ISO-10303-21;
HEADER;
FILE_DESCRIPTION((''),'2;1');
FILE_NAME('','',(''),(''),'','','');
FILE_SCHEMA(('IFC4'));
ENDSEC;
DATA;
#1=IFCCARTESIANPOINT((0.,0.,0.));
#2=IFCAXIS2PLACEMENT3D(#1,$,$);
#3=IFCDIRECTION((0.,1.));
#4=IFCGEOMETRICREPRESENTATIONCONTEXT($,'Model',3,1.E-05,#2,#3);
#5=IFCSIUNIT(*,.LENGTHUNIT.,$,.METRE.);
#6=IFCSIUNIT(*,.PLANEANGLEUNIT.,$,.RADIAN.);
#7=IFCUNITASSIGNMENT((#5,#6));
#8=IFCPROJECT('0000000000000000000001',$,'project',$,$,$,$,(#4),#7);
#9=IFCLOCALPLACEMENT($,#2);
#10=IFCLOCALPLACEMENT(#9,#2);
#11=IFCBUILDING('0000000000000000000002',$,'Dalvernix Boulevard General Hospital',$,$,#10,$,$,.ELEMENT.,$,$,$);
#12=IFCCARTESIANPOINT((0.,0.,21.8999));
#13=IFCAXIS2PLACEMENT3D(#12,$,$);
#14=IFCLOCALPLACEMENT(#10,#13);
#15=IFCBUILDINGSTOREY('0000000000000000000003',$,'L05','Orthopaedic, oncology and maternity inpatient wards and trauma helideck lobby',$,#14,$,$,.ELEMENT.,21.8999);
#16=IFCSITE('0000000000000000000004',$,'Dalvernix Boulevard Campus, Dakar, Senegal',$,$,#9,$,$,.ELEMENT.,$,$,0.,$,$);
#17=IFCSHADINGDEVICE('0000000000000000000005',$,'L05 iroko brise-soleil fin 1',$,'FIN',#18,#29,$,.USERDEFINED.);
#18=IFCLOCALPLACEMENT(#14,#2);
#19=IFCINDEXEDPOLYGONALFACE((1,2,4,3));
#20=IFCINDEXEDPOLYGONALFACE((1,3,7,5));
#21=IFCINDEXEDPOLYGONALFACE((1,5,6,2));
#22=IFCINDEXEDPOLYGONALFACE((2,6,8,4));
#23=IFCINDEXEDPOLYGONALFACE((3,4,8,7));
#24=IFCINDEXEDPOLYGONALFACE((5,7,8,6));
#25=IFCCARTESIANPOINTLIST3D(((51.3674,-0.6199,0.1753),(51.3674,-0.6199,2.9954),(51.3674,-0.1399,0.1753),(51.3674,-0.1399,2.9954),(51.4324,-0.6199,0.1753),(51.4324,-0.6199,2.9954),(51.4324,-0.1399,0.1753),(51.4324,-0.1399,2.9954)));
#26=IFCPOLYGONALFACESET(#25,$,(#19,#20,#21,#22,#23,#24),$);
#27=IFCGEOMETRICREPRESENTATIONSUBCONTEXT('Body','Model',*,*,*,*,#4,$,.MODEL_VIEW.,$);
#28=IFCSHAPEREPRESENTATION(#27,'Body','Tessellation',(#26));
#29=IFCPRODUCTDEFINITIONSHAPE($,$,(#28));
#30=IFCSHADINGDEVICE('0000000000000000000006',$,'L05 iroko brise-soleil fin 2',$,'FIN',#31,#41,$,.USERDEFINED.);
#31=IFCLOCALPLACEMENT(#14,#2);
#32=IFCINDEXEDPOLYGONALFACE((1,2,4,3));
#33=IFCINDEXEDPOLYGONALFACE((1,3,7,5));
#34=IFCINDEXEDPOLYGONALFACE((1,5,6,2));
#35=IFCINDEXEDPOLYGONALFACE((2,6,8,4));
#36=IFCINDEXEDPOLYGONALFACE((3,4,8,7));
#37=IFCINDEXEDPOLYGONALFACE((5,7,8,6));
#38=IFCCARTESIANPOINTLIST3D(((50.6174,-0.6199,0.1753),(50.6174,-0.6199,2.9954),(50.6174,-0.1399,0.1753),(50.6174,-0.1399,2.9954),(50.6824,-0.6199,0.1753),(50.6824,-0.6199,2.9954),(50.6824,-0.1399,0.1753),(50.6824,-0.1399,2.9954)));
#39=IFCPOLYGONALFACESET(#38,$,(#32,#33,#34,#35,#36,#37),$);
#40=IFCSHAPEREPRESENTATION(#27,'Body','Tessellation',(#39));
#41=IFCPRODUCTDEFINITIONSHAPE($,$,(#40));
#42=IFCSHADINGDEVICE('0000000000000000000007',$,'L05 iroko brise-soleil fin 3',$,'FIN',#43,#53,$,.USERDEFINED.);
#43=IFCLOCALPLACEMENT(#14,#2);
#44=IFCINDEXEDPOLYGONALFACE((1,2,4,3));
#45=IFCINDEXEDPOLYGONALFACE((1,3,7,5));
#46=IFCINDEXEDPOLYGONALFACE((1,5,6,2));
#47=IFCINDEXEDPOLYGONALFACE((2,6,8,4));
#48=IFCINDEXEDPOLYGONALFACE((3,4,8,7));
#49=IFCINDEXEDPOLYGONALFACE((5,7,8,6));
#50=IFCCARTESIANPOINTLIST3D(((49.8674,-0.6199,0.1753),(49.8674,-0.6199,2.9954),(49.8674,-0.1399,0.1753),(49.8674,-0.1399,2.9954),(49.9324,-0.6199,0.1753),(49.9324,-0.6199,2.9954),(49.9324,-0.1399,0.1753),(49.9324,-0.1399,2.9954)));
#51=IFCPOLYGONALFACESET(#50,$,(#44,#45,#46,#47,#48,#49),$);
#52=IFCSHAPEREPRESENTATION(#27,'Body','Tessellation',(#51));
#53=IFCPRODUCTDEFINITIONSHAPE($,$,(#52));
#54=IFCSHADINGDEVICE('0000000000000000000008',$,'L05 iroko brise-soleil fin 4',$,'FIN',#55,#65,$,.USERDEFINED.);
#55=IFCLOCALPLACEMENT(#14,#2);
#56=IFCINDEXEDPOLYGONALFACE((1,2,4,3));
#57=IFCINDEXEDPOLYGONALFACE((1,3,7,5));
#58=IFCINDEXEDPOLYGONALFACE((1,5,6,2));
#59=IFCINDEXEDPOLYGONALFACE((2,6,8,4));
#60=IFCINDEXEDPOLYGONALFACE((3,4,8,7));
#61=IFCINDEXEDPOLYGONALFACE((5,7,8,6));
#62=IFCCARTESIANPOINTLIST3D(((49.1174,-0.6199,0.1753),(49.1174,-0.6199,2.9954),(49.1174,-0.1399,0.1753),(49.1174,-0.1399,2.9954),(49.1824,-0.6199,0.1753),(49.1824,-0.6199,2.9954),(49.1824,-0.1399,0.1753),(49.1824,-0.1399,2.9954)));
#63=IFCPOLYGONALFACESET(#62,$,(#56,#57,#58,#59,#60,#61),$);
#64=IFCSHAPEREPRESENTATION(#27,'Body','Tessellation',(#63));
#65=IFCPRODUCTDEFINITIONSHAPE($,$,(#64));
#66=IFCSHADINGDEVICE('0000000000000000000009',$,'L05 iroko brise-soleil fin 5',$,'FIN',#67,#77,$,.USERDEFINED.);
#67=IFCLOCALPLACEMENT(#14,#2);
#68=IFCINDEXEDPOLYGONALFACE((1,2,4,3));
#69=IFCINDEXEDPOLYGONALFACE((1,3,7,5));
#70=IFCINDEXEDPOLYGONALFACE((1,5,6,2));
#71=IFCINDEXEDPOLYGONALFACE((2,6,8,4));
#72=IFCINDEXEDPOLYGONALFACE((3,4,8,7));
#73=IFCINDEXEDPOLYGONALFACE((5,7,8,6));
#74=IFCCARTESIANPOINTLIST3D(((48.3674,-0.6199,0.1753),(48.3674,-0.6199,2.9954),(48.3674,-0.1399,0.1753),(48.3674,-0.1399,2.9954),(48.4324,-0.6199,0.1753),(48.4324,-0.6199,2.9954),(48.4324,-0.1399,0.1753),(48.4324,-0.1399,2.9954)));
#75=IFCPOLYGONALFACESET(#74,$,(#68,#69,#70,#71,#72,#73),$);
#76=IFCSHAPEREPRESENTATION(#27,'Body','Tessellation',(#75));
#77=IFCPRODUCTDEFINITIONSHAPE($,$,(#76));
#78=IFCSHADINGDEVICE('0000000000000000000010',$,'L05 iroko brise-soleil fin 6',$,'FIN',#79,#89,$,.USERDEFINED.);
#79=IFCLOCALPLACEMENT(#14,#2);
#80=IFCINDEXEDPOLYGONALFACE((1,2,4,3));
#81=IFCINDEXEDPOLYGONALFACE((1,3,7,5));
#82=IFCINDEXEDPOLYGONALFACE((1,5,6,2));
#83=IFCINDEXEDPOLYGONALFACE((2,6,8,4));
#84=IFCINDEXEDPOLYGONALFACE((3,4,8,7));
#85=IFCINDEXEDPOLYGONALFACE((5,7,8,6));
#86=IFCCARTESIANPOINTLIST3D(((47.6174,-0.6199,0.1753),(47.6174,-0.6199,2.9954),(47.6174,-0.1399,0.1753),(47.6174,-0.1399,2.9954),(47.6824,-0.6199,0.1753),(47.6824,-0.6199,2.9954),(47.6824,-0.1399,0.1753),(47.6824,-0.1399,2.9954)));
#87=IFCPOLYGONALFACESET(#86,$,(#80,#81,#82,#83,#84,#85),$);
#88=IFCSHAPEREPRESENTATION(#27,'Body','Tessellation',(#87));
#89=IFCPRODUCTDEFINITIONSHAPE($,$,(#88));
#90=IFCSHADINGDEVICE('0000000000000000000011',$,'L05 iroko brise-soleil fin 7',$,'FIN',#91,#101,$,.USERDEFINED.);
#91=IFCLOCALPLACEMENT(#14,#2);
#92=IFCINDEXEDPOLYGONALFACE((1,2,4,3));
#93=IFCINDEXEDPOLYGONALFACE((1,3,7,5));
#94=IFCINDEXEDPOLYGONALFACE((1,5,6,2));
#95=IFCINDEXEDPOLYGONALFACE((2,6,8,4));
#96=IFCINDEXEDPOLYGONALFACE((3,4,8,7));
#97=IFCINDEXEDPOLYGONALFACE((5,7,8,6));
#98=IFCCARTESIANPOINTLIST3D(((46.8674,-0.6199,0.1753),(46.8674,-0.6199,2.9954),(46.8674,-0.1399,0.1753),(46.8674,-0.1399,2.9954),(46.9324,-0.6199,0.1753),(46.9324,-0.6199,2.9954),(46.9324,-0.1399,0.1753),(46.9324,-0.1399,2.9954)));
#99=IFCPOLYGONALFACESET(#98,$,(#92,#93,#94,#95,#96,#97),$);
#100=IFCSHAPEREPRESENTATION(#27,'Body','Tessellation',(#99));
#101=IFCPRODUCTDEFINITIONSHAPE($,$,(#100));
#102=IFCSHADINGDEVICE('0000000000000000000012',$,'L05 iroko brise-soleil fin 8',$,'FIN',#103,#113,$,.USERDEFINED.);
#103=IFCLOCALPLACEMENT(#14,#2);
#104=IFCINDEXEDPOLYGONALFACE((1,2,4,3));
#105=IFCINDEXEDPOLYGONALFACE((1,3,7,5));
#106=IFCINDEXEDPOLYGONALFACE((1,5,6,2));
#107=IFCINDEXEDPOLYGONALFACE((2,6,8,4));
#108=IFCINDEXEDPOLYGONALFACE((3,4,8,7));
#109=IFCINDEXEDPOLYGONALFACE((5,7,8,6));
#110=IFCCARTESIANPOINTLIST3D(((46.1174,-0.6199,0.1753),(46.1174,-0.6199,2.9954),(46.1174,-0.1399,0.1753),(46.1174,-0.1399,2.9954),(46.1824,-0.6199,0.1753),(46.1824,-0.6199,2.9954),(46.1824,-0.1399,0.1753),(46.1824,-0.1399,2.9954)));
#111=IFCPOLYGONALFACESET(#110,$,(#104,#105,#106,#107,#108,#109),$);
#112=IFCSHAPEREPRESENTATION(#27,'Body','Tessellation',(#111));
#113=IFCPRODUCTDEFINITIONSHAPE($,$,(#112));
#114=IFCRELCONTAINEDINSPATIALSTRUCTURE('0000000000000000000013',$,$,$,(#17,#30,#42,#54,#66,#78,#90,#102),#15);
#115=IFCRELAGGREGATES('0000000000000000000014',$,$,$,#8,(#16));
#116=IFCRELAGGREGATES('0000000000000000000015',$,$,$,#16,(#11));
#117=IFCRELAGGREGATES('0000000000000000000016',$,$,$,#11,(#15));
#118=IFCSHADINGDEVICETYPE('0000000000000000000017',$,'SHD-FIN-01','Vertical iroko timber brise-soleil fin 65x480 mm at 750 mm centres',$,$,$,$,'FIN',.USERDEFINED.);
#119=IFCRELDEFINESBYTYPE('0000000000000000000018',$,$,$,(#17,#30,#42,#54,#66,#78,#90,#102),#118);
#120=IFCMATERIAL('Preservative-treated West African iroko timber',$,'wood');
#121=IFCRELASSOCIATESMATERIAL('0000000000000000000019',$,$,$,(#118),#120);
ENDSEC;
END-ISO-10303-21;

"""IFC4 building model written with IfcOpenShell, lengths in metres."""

from ifc_helpers import new_model, si_unit, direction, frame, origin, origin_2d, place, context, subcontext, project, spatial, rectangle, extrude, material, type_object, element, save


model = new_model("IFC4")

# Units and contexts
model_context = context("Model", 3, precision=1e-05, world=origin(), true_north=direction((0.0, 1.0)))
body_context = subcontext(model_context, "Body", "Model", "MODEL_VIEW")
ifc_project = project(units=[si_unit("LENGTHUNIT", "METRE"), si_unit("PLANEANGLEUNIT", "RADIAN")], contexts=[model_context])

# Site, building, storey
site_placement = place(None, origin())
site = spatial("IfcSite", under=ifc_project, at=site_placement, Name="Dalvernix Boulevard Campus, Dakar, Senegal", CompositionType="ELEMENT", RefElevation=0.0)
building_placement = place(site_placement, origin())
building = spatial("IfcBuilding", under=site, at=building_placement, Name="Dalvernix Boulevard General Hospital", CompositionType="ELEMENT")
storey_placement = place(building_placement, frame((0.0, 0.0, 21.8999)))
storey = spatial("IfcBuildingStorey", under=building, at=storey_placement, Name="L05", Description="Orthopaedic, oncology and maternity inpatient wards and trauma helideck lobby", CompositionType="ELEMENT", Elevation=21.8999)

# Shading devices
ifc_material_1 = material(Name="Preservative-treated West African iroko timber", Category="wood")
shading_device_type = type_object("IfcShadingDeviceType", Name="SHD-FIN-01", Description="Vertical iroko timber brise-soleil fin 65x480 mm at 750 mm centres", ElementType="FIN", PredefinedType="USERDEFINED", material=ifc_material_1)
for number, where, z_axis, x_axis, name in (
    (1, (51.3999, -0.3799, 0.1753), (0.0, 0.0, 1.0), (-1.0, 0.0, 0.0), "L05 iroko brise-soleil fin 1"),
    (2, (50.6499, -0.3799, 0.1753), (0.0, 0.0, 1.0), (-1.0, 0.0, 0.0), "L05 iroko brise-soleil fin 2"),
    (3, (49.8999, -0.3799, 0.1753), (0.0, 0.0, 1.0), (-1.0, 0.0, 0.0), "L05 iroko brise-soleil fin 3"),
    (4, (49.1499, -0.3799, 0.1753), (0.0, 0.0, 1.0), (-1.0, 0.0, 0.0), "L05 iroko brise-soleil fin 4"),
    (5, (48.3999, -0.3799, 0.1753), (0.0, 0.0, 1.0), (-1.0, 0.0, 0.0), "L05 iroko brise-soleil fin 5"),
    (6, (47.6499, -0.3799, 0.1753), (0.0, 0.0, 1.0), (-1.0, 0.0, 0.0), "L05 iroko brise-soleil fin 6"),
    (7, (46.8999, -0.3799, 0.1753), (0.0, 0.0, 1.0), (-1.0, 0.0, 0.0), "L05 iroko brise-soleil fin 7"),
    (8, (46.1499, -0.3799, 0.1753), (0.0, 0.0, 1.0), (-1.0, 0.0, 0.0), "L05 iroko brise-soleil fin 8"),
):
    element("IfcShadingDevice", number, at=place(storey_placement, frame(where, z_axis=z_axis, x_axis=x_axis)), inside=storey, type_object=shading_device_type, Name=name, ObjectType="FIN", PredefinedType="USERDEFINED", context=body_context, shape_type="SweptSolid", body=[
        extrude(rectangle(XDim=0.0649, YDim=0.48, at=origin_2d()), origin(), (0.0, 0.0, 1.0), 2.8201),
    ])

save(model, "model.ifc")
